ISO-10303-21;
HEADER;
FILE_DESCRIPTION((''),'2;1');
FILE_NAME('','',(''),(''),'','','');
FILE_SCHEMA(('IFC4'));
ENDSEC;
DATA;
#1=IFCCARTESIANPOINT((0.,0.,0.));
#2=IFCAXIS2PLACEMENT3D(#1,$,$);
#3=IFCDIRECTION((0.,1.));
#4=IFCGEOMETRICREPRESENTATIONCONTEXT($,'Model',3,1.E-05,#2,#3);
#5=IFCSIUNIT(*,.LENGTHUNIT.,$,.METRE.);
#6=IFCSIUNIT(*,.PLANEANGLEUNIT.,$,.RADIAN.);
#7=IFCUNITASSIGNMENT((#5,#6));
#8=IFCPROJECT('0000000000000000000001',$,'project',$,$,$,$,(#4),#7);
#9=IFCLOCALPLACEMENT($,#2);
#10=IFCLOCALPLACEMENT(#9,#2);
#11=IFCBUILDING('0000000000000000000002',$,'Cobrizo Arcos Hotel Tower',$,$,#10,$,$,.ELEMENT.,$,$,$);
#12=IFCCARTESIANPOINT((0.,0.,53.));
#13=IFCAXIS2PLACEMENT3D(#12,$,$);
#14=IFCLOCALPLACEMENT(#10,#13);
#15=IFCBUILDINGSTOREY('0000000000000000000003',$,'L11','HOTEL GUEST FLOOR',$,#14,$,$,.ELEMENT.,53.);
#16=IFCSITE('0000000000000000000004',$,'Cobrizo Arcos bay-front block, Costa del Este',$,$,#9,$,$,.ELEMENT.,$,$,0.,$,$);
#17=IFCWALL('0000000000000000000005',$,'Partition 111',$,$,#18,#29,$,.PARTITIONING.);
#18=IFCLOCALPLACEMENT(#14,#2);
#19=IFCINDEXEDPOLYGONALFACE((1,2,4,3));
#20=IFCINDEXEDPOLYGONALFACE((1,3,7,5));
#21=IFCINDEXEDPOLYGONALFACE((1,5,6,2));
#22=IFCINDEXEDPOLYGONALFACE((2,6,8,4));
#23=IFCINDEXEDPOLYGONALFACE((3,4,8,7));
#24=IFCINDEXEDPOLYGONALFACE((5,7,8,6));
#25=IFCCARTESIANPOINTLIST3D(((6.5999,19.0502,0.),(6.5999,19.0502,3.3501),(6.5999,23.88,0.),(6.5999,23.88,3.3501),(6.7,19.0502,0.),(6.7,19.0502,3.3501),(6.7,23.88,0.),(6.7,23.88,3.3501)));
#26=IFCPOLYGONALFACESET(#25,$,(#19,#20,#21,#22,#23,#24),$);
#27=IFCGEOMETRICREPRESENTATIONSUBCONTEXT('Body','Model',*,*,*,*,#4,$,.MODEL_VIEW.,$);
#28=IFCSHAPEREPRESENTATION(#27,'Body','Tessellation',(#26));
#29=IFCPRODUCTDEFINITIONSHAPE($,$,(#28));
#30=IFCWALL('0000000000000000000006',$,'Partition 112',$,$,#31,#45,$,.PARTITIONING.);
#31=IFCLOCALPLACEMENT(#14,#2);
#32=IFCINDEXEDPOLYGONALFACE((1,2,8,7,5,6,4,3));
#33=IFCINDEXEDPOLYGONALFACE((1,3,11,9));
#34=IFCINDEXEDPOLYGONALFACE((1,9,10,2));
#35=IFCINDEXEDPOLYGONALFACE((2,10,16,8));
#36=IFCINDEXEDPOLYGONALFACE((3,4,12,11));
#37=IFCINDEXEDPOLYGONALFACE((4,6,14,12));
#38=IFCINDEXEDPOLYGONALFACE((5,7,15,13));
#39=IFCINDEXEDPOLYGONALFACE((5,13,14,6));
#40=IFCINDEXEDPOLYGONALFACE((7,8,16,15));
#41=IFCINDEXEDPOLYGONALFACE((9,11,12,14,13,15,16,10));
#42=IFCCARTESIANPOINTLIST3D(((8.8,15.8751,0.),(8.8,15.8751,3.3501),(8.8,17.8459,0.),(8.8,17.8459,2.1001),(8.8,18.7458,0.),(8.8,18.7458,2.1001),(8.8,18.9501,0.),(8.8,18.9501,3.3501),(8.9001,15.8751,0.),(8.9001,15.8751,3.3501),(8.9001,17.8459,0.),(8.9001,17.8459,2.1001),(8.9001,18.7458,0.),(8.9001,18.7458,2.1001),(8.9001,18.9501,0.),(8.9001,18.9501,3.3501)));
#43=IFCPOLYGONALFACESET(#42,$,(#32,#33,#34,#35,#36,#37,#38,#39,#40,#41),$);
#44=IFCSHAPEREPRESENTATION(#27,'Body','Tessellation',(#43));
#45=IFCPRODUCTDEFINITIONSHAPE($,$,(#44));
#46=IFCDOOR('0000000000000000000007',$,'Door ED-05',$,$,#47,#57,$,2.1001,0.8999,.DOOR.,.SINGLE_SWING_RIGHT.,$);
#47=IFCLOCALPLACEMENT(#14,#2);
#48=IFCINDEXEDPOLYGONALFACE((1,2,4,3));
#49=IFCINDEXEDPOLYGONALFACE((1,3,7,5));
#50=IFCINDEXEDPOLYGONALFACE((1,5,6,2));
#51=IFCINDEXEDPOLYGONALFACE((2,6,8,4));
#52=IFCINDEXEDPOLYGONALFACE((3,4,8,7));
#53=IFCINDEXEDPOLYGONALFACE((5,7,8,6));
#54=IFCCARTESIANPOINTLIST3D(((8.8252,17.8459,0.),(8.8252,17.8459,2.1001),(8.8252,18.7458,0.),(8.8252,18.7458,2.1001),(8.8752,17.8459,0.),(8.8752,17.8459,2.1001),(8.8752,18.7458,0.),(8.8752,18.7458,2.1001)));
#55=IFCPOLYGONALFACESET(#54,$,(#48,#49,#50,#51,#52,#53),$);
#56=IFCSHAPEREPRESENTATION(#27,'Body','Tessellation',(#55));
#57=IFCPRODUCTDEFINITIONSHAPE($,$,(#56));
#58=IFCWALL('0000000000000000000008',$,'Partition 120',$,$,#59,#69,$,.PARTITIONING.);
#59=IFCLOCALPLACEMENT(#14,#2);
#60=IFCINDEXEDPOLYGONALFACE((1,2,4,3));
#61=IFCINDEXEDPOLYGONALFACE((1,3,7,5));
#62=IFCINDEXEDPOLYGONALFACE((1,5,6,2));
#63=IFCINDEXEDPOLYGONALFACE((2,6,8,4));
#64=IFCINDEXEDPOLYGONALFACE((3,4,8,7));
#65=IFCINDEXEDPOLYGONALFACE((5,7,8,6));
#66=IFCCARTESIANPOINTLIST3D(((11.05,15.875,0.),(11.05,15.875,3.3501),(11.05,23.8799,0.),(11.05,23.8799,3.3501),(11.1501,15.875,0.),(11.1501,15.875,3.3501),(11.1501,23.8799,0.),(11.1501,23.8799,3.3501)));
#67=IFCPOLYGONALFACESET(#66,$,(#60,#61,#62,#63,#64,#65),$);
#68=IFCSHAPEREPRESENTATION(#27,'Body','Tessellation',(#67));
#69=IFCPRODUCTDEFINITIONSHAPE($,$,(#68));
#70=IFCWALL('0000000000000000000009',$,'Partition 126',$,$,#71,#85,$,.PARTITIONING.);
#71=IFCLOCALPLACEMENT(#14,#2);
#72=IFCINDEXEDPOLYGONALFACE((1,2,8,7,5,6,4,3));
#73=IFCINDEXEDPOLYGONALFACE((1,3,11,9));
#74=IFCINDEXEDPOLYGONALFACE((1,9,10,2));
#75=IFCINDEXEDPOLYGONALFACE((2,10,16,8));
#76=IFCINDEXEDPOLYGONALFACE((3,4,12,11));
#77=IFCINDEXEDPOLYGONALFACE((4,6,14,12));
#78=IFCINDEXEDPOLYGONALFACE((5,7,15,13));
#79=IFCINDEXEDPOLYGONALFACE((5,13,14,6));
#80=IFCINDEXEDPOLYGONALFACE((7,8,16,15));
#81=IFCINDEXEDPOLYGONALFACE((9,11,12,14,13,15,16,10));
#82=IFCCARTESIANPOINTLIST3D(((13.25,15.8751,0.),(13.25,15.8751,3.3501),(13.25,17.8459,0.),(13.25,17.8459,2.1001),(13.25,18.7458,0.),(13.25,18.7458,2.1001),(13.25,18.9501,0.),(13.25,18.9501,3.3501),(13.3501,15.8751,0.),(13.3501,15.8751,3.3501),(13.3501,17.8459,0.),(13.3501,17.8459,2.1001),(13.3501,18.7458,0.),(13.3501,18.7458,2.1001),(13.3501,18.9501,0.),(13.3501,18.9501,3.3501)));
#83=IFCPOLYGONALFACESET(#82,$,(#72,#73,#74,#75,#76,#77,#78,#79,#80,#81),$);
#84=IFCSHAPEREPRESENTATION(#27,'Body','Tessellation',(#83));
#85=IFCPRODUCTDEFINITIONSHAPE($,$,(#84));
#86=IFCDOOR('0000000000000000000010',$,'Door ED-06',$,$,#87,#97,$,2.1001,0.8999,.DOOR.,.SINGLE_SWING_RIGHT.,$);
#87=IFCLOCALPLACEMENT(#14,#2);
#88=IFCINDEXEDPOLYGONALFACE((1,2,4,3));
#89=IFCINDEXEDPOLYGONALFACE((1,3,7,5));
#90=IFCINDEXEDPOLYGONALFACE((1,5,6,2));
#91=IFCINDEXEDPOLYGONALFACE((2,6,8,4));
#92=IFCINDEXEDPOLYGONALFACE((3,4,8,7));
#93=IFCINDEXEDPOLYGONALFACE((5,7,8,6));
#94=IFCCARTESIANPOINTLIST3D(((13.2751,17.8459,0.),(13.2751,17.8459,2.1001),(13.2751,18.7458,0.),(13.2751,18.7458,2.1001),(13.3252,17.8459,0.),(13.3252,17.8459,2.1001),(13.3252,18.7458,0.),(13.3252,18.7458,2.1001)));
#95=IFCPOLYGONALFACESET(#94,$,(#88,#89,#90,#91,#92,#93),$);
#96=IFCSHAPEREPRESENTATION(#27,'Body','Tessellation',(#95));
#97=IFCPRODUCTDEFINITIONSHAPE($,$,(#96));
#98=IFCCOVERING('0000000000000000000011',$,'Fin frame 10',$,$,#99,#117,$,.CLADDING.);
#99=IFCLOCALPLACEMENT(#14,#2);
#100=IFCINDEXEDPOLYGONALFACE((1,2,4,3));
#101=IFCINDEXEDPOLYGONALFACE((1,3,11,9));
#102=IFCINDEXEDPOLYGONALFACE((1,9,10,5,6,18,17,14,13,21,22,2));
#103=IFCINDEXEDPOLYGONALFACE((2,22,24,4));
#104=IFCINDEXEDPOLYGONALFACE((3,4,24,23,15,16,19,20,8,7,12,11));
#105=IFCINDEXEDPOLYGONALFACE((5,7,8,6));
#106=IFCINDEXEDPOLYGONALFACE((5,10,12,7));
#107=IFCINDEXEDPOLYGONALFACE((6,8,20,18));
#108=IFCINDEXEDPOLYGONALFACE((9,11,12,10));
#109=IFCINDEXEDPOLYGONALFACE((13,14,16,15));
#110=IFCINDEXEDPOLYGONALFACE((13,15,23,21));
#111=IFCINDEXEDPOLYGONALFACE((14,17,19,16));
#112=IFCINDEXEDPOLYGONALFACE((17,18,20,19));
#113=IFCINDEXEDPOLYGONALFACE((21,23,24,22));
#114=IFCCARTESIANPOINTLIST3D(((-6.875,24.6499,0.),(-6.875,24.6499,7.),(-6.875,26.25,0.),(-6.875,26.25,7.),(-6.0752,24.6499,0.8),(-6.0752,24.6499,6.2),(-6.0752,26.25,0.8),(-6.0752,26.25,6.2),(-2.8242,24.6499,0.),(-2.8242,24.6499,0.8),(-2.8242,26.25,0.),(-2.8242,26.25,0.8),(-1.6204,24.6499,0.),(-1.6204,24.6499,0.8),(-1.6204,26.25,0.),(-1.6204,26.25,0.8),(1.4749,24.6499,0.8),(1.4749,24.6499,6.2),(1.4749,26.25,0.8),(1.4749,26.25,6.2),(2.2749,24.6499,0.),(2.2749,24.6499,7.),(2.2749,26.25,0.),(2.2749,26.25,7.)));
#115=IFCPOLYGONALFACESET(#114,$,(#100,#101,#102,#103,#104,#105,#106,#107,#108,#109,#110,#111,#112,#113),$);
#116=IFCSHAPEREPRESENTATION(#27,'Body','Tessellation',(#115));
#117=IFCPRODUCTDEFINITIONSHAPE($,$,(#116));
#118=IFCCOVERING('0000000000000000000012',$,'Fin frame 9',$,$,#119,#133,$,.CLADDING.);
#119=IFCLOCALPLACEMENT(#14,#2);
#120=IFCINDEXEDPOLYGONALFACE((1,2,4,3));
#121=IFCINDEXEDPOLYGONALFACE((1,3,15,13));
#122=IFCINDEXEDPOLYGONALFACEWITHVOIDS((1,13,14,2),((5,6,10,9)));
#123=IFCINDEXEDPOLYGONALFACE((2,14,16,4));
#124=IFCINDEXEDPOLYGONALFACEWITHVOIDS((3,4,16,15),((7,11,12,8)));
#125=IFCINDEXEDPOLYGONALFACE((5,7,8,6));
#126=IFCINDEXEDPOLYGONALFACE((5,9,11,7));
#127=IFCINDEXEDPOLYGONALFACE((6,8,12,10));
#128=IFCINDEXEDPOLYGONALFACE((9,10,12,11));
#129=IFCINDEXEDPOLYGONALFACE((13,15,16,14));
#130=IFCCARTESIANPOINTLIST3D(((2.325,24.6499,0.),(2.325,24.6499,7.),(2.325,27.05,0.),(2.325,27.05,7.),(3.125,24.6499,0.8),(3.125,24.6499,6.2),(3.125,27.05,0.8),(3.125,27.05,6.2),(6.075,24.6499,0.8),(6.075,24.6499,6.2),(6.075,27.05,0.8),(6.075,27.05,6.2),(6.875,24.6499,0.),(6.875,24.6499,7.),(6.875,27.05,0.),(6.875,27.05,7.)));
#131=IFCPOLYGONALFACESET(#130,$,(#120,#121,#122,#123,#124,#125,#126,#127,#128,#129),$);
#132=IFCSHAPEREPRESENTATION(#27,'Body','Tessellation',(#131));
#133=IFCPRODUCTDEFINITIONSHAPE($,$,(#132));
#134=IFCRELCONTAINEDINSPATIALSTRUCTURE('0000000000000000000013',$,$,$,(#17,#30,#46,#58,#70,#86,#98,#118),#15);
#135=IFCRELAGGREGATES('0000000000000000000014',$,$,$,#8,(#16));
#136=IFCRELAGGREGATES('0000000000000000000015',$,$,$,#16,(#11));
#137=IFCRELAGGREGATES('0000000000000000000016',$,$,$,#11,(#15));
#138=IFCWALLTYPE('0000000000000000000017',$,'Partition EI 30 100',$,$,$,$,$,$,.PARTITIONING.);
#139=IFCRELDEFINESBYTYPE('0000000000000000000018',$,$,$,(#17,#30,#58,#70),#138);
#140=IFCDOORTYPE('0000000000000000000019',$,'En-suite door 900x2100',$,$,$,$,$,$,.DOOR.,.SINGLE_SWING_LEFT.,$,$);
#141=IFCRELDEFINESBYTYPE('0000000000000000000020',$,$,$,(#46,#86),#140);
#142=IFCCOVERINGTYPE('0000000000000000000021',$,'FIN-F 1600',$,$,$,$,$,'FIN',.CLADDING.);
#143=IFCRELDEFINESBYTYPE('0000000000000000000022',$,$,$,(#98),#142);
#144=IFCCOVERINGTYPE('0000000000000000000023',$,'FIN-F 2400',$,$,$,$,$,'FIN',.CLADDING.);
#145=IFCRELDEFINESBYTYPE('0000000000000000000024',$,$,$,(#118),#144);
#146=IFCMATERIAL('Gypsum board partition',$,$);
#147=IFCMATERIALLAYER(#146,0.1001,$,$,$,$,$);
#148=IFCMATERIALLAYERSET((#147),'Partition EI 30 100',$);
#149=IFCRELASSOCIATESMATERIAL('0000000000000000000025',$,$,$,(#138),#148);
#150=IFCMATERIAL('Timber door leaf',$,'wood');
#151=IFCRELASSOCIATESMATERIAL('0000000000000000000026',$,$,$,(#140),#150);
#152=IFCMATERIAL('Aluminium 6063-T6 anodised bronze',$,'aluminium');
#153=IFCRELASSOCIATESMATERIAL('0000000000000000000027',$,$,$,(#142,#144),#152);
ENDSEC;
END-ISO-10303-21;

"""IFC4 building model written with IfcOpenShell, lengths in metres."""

from ifc_helpers import new_model, si_unit, direction, frame, frame_2d, origin, place, context, subcontext, project, spatial, polyline, rectangle, outline, extrude, material, layer, layer_set, type_object, element, fill, save


model = new_model("IFC4")

# Units and contexts
model_context = context("Model", 3, precision=1e-05, world=origin(), true_north=direction((0.0, 1.0)))
body_context = subcontext(model_context, "Body", "Model", "MODEL_VIEW")
ifc_project = project(units=[si_unit("LENGTHUNIT", "METRE"), si_unit("PLANEANGLEUNIT", "RADIAN")], contexts=[model_context])

# Site, building, storey
site_placement = place(None, origin())
site = spatial("IfcSite", under=ifc_project, at=site_placement, Name="Cobrizo Arcos bay-front block, Costa del Este", CompositionType="ELEMENT", RefElevation=0.0)
building_placement = place(site_placement, origin())
building = spatial("IfcBuilding", under=site, at=building_placement, Name="Cobrizo Arcos Hotel Tower", CompositionType="ELEMENT")
storey_placement = place(building_placement, frame((0.0, 0.0, 53.0)))
storey = spatial("IfcBuildingStorey", under=building, at=storey_placement, Name="L11", Description="HOTEL GUEST FLOOR", CompositionType="ELEMENT", Elevation=53.0)

# Shared definitions
ifc_material_1 = material(Name="Aluminium 6063-T6 anodised bronze", Category="aluminium")

# Shared definitions
ifc_material_2 = material(Name="Gypsum board partition")
ifc_layer_1 = layer(ifc_material_2, 0.1001)
ifc_layer_set_1 = layer_set([ifc_layer_1], Name="Partition EI 30 100")
wall_type_1 = type_object("IfcWallType", Name="Partition EI 30 100", PredefinedType="PARTITIONING", material=ifc_layer_set_1)

# Shared definitions
ifc_material_3 = material(Name="Timber door leaf", Category="wood")
door_type = type_object("IfcDoorType", Name="En-suite door 900x2100", OperationType="SINGLE_SWING_LEFT", PredefinedType="DOOR", material=ifc_material_3)

# Wall
wall_1_placement = place(storey_placement, frame((6.6499, 19.05, 0.0), z_axis=(0.0, 0.0, 1.0), x_axis=(0.0, 1.0, 0.0)))
element("IfcWall", 1, at=wall_1_placement, inside=storey, type_object=wall_type_1, Name="Partition 111", PredefinedType="PARTITIONING", context=body_context, shape_type="SweptSolid", body=[
    extrude(rectangle(XDim=4.8298, YDim=0.1001, at=frame_2d((2.415, 0.0))), origin(), (0.0, 0.0, 1.0), 3.3501),
])

# Wall, opening, door
wall_2_placement = place(storey_placement, frame((8.8501, 15.875, 0.0), z_axis=(0.0, 0.0, 1.0), x_axis=(0.0, 1.0, 0.0)))
wall_2 = element("IfcWall", 2, at=wall_2_placement, inside=storey, type_object=wall_type_1, Name="Partition 112", PredefinedType="PARTITIONING", context=body_context, shape_type="SweptSolid", body=[
    extrude(rectangle(XDim=3.075, YDim=0.1001, at=frame_2d((1.5376, 0.0))), origin(), (0.0, 0.0, 1.0), 3.3501),
])
opening_1_placement = place(wall_2_placement, frame((1.9709, 0.0, 0.0)))
opening_1 = element("IfcOpeningElement", 3, at=opening_1_placement, cuts=wall_2, PredefinedType="OPENING", context=body_context, shape_type="SweptSolid", body=[
    extrude(rectangle(XDim=0.8999, YDim=2.1001, at=frame_2d((0.45, 1.05))), frame((0.0, 0.062, 0.0), z_axis=(0.0, -1.0, 0.0), x_axis=(1.0, 0.0, 0.0)), (0.0, 0.0, 1.0), 0.124),
])
door_1_placement = place(opening_1_placement, origin())
door_1 = element("IfcDoor", 4, at=door_1_placement, inside=storey, type_object=door_type, Name="Door ED-05", OperationType="SINGLE_SWING_RIGHT", OverallHeight=2.1001, OverallWidth=0.8999, PredefinedType="DOOR", context=body_context, shape_type="SweptSolid", body=[
    extrude(rectangle(XDim=0.8999, YDim=2.1001, at=frame_2d((0.45, 1.05))), frame((0.0, 0.0249, 0.0), z_axis=(0.0, -1.0, 0.0), x_axis=(1.0, 0.0, 0.0)), (0.0, 0.0, 1.0), 0.05),
])
fill(opening_1, door_1)

# Wall
wall_3_placement = place(storey_placement, frame((11.1001, 15.875, 0.0), z_axis=(0.0, 0.0, 1.0), x_axis=(0.0, 1.0, 0.0)))
element("IfcWall", 5, at=wall_3_placement, inside=storey, type_object=wall_type_1, Name="Partition 120", PredefinedType="PARTITIONING", context=body_context, shape_type="SweptSolid", body=[
    extrude(rectangle(XDim=8.0049, YDim=0.1001, at=frame_2d((4.0024, 0.0))), origin(), (0.0, 0.0, 1.0), 3.3501),
])

# Wall, opening, door
wall_4_placement = place(storey_placement, frame((13.3, 15.875, 0.0), z_axis=(0.0, 0.0, 1.0), x_axis=(0.0, 1.0, 0.0)))
wall_4 = element("IfcWall", 6, at=wall_4_placement, inside=storey, type_object=wall_type_1, Name="Partition 126", PredefinedType="PARTITIONING", context=body_context, shape_type="SweptSolid", body=[
    extrude(rectangle(XDim=3.075, YDim=0.1001, at=frame_2d((1.5376, 0.0))), origin(), (0.0, 0.0, 1.0), 3.3501),
])
opening_2_placement = place(wall_4_placement, frame((1.9709, 0.0, 0.0)))
opening_2 = element("IfcOpeningElement", 7, at=opening_2_placement, cuts=wall_4, PredefinedType="OPENING", context=body_context, shape_type="SweptSolid", body=[
    extrude(rectangle(XDim=0.8999, YDim=2.1001, at=frame_2d((0.45, 1.05))), frame((0.0, 0.062, 0.0), z_axis=(0.0, -1.0, 0.0), x_axis=(1.0, 0.0, 0.0)), (0.0, 0.0, 1.0), 0.124),
])
door_2_placement = place(opening_2_placement, origin())
door_2 = element("IfcDoor", 8, at=door_2_placement, inside=storey, type_object=door_type, Name="Door ED-06", OperationType="SINGLE_SWING_RIGHT", OverallHeight=2.1001, OverallWidth=0.8999, PredefinedType="DOOR", context=body_context, shape_type="SweptSolid", body=[
    extrude(rectangle(XDim=0.8999, YDim=2.1001, at=frame_2d((0.45, 1.05))), frame((0.0, 0.0249, 0.0), z_axis=(0.0, -1.0, 0.0), x_axis=(1.0, 0.0, 0.0)), (0.0, 0.0, 1.0), 0.05),
])
fill(opening_2, door_2)

# Coverings
covering_type_1 = type_object("IfcCoveringType", Name="FIN-F 1600", ElementType="FIN", PredefinedType="CLADDING", material=ifc_material_1)
covering_1_placement = place(storey_placement, frame((2.2749, 24.6499, 0.0), z_axis=(0.0, 1.0, 0.0), x_axis=(-1.0, 0.0, 0.0)))
element("IfcCovering", 9, at=covering_1_placement, inside=storey, type_object=covering_type_1, Name="Fin frame 10", PredefinedType="CLADDING", context=body_context, shape_type="SweptSolid", body=[
    extrude(outline(polyline([(0.0, 0.0), (3.8953, 0.0), (3.8953, 0.8), (0.8, 0.8), (0.8, 6.2), (8.3501, 6.2), (8.3501, 0.8), (5.0991, 0.8), (5.0991, 0.0), (9.1499, 0.0), (9.1499, 7.0), (0.0, 7.0), (0.0, 0.0)])), origin(), (0.0, 0.0, 1.0), 1.6001),
])
covering_type_2 = type_object("IfcCoveringType", Name="FIN-F 2400", ElementType="FIN", PredefinedType="CLADDING", material=ifc_material_1)
covering_2_placement = place(storey_placement, frame((6.875, 24.6499, 0.0), z_axis=(0.0, 1.0, 0.0), x_axis=(-1.0, 0.0, 0.0)))
element("IfcCovering", 10, at=covering_2_placement, inside=storey, type_object=covering_type_2, Name="Fin frame 9", PredefinedType="CLADDING", context=body_context, shape_type="SweptSolid", body=[
    extrude(outline(polyline([(0.0, 7.0), (0.0, 0.0), (4.55, 0.0), (4.55, 7.0), (0.0, 7.0)]), holes=[polyline([(3.75, 0.8), (0.8, 0.8), (0.8, 6.2), (3.75, 6.2), (3.75, 0.8)])]), origin(), (0.0, 0.0, 1.0), 2.4001),
])

save(model, "model.ifc")
